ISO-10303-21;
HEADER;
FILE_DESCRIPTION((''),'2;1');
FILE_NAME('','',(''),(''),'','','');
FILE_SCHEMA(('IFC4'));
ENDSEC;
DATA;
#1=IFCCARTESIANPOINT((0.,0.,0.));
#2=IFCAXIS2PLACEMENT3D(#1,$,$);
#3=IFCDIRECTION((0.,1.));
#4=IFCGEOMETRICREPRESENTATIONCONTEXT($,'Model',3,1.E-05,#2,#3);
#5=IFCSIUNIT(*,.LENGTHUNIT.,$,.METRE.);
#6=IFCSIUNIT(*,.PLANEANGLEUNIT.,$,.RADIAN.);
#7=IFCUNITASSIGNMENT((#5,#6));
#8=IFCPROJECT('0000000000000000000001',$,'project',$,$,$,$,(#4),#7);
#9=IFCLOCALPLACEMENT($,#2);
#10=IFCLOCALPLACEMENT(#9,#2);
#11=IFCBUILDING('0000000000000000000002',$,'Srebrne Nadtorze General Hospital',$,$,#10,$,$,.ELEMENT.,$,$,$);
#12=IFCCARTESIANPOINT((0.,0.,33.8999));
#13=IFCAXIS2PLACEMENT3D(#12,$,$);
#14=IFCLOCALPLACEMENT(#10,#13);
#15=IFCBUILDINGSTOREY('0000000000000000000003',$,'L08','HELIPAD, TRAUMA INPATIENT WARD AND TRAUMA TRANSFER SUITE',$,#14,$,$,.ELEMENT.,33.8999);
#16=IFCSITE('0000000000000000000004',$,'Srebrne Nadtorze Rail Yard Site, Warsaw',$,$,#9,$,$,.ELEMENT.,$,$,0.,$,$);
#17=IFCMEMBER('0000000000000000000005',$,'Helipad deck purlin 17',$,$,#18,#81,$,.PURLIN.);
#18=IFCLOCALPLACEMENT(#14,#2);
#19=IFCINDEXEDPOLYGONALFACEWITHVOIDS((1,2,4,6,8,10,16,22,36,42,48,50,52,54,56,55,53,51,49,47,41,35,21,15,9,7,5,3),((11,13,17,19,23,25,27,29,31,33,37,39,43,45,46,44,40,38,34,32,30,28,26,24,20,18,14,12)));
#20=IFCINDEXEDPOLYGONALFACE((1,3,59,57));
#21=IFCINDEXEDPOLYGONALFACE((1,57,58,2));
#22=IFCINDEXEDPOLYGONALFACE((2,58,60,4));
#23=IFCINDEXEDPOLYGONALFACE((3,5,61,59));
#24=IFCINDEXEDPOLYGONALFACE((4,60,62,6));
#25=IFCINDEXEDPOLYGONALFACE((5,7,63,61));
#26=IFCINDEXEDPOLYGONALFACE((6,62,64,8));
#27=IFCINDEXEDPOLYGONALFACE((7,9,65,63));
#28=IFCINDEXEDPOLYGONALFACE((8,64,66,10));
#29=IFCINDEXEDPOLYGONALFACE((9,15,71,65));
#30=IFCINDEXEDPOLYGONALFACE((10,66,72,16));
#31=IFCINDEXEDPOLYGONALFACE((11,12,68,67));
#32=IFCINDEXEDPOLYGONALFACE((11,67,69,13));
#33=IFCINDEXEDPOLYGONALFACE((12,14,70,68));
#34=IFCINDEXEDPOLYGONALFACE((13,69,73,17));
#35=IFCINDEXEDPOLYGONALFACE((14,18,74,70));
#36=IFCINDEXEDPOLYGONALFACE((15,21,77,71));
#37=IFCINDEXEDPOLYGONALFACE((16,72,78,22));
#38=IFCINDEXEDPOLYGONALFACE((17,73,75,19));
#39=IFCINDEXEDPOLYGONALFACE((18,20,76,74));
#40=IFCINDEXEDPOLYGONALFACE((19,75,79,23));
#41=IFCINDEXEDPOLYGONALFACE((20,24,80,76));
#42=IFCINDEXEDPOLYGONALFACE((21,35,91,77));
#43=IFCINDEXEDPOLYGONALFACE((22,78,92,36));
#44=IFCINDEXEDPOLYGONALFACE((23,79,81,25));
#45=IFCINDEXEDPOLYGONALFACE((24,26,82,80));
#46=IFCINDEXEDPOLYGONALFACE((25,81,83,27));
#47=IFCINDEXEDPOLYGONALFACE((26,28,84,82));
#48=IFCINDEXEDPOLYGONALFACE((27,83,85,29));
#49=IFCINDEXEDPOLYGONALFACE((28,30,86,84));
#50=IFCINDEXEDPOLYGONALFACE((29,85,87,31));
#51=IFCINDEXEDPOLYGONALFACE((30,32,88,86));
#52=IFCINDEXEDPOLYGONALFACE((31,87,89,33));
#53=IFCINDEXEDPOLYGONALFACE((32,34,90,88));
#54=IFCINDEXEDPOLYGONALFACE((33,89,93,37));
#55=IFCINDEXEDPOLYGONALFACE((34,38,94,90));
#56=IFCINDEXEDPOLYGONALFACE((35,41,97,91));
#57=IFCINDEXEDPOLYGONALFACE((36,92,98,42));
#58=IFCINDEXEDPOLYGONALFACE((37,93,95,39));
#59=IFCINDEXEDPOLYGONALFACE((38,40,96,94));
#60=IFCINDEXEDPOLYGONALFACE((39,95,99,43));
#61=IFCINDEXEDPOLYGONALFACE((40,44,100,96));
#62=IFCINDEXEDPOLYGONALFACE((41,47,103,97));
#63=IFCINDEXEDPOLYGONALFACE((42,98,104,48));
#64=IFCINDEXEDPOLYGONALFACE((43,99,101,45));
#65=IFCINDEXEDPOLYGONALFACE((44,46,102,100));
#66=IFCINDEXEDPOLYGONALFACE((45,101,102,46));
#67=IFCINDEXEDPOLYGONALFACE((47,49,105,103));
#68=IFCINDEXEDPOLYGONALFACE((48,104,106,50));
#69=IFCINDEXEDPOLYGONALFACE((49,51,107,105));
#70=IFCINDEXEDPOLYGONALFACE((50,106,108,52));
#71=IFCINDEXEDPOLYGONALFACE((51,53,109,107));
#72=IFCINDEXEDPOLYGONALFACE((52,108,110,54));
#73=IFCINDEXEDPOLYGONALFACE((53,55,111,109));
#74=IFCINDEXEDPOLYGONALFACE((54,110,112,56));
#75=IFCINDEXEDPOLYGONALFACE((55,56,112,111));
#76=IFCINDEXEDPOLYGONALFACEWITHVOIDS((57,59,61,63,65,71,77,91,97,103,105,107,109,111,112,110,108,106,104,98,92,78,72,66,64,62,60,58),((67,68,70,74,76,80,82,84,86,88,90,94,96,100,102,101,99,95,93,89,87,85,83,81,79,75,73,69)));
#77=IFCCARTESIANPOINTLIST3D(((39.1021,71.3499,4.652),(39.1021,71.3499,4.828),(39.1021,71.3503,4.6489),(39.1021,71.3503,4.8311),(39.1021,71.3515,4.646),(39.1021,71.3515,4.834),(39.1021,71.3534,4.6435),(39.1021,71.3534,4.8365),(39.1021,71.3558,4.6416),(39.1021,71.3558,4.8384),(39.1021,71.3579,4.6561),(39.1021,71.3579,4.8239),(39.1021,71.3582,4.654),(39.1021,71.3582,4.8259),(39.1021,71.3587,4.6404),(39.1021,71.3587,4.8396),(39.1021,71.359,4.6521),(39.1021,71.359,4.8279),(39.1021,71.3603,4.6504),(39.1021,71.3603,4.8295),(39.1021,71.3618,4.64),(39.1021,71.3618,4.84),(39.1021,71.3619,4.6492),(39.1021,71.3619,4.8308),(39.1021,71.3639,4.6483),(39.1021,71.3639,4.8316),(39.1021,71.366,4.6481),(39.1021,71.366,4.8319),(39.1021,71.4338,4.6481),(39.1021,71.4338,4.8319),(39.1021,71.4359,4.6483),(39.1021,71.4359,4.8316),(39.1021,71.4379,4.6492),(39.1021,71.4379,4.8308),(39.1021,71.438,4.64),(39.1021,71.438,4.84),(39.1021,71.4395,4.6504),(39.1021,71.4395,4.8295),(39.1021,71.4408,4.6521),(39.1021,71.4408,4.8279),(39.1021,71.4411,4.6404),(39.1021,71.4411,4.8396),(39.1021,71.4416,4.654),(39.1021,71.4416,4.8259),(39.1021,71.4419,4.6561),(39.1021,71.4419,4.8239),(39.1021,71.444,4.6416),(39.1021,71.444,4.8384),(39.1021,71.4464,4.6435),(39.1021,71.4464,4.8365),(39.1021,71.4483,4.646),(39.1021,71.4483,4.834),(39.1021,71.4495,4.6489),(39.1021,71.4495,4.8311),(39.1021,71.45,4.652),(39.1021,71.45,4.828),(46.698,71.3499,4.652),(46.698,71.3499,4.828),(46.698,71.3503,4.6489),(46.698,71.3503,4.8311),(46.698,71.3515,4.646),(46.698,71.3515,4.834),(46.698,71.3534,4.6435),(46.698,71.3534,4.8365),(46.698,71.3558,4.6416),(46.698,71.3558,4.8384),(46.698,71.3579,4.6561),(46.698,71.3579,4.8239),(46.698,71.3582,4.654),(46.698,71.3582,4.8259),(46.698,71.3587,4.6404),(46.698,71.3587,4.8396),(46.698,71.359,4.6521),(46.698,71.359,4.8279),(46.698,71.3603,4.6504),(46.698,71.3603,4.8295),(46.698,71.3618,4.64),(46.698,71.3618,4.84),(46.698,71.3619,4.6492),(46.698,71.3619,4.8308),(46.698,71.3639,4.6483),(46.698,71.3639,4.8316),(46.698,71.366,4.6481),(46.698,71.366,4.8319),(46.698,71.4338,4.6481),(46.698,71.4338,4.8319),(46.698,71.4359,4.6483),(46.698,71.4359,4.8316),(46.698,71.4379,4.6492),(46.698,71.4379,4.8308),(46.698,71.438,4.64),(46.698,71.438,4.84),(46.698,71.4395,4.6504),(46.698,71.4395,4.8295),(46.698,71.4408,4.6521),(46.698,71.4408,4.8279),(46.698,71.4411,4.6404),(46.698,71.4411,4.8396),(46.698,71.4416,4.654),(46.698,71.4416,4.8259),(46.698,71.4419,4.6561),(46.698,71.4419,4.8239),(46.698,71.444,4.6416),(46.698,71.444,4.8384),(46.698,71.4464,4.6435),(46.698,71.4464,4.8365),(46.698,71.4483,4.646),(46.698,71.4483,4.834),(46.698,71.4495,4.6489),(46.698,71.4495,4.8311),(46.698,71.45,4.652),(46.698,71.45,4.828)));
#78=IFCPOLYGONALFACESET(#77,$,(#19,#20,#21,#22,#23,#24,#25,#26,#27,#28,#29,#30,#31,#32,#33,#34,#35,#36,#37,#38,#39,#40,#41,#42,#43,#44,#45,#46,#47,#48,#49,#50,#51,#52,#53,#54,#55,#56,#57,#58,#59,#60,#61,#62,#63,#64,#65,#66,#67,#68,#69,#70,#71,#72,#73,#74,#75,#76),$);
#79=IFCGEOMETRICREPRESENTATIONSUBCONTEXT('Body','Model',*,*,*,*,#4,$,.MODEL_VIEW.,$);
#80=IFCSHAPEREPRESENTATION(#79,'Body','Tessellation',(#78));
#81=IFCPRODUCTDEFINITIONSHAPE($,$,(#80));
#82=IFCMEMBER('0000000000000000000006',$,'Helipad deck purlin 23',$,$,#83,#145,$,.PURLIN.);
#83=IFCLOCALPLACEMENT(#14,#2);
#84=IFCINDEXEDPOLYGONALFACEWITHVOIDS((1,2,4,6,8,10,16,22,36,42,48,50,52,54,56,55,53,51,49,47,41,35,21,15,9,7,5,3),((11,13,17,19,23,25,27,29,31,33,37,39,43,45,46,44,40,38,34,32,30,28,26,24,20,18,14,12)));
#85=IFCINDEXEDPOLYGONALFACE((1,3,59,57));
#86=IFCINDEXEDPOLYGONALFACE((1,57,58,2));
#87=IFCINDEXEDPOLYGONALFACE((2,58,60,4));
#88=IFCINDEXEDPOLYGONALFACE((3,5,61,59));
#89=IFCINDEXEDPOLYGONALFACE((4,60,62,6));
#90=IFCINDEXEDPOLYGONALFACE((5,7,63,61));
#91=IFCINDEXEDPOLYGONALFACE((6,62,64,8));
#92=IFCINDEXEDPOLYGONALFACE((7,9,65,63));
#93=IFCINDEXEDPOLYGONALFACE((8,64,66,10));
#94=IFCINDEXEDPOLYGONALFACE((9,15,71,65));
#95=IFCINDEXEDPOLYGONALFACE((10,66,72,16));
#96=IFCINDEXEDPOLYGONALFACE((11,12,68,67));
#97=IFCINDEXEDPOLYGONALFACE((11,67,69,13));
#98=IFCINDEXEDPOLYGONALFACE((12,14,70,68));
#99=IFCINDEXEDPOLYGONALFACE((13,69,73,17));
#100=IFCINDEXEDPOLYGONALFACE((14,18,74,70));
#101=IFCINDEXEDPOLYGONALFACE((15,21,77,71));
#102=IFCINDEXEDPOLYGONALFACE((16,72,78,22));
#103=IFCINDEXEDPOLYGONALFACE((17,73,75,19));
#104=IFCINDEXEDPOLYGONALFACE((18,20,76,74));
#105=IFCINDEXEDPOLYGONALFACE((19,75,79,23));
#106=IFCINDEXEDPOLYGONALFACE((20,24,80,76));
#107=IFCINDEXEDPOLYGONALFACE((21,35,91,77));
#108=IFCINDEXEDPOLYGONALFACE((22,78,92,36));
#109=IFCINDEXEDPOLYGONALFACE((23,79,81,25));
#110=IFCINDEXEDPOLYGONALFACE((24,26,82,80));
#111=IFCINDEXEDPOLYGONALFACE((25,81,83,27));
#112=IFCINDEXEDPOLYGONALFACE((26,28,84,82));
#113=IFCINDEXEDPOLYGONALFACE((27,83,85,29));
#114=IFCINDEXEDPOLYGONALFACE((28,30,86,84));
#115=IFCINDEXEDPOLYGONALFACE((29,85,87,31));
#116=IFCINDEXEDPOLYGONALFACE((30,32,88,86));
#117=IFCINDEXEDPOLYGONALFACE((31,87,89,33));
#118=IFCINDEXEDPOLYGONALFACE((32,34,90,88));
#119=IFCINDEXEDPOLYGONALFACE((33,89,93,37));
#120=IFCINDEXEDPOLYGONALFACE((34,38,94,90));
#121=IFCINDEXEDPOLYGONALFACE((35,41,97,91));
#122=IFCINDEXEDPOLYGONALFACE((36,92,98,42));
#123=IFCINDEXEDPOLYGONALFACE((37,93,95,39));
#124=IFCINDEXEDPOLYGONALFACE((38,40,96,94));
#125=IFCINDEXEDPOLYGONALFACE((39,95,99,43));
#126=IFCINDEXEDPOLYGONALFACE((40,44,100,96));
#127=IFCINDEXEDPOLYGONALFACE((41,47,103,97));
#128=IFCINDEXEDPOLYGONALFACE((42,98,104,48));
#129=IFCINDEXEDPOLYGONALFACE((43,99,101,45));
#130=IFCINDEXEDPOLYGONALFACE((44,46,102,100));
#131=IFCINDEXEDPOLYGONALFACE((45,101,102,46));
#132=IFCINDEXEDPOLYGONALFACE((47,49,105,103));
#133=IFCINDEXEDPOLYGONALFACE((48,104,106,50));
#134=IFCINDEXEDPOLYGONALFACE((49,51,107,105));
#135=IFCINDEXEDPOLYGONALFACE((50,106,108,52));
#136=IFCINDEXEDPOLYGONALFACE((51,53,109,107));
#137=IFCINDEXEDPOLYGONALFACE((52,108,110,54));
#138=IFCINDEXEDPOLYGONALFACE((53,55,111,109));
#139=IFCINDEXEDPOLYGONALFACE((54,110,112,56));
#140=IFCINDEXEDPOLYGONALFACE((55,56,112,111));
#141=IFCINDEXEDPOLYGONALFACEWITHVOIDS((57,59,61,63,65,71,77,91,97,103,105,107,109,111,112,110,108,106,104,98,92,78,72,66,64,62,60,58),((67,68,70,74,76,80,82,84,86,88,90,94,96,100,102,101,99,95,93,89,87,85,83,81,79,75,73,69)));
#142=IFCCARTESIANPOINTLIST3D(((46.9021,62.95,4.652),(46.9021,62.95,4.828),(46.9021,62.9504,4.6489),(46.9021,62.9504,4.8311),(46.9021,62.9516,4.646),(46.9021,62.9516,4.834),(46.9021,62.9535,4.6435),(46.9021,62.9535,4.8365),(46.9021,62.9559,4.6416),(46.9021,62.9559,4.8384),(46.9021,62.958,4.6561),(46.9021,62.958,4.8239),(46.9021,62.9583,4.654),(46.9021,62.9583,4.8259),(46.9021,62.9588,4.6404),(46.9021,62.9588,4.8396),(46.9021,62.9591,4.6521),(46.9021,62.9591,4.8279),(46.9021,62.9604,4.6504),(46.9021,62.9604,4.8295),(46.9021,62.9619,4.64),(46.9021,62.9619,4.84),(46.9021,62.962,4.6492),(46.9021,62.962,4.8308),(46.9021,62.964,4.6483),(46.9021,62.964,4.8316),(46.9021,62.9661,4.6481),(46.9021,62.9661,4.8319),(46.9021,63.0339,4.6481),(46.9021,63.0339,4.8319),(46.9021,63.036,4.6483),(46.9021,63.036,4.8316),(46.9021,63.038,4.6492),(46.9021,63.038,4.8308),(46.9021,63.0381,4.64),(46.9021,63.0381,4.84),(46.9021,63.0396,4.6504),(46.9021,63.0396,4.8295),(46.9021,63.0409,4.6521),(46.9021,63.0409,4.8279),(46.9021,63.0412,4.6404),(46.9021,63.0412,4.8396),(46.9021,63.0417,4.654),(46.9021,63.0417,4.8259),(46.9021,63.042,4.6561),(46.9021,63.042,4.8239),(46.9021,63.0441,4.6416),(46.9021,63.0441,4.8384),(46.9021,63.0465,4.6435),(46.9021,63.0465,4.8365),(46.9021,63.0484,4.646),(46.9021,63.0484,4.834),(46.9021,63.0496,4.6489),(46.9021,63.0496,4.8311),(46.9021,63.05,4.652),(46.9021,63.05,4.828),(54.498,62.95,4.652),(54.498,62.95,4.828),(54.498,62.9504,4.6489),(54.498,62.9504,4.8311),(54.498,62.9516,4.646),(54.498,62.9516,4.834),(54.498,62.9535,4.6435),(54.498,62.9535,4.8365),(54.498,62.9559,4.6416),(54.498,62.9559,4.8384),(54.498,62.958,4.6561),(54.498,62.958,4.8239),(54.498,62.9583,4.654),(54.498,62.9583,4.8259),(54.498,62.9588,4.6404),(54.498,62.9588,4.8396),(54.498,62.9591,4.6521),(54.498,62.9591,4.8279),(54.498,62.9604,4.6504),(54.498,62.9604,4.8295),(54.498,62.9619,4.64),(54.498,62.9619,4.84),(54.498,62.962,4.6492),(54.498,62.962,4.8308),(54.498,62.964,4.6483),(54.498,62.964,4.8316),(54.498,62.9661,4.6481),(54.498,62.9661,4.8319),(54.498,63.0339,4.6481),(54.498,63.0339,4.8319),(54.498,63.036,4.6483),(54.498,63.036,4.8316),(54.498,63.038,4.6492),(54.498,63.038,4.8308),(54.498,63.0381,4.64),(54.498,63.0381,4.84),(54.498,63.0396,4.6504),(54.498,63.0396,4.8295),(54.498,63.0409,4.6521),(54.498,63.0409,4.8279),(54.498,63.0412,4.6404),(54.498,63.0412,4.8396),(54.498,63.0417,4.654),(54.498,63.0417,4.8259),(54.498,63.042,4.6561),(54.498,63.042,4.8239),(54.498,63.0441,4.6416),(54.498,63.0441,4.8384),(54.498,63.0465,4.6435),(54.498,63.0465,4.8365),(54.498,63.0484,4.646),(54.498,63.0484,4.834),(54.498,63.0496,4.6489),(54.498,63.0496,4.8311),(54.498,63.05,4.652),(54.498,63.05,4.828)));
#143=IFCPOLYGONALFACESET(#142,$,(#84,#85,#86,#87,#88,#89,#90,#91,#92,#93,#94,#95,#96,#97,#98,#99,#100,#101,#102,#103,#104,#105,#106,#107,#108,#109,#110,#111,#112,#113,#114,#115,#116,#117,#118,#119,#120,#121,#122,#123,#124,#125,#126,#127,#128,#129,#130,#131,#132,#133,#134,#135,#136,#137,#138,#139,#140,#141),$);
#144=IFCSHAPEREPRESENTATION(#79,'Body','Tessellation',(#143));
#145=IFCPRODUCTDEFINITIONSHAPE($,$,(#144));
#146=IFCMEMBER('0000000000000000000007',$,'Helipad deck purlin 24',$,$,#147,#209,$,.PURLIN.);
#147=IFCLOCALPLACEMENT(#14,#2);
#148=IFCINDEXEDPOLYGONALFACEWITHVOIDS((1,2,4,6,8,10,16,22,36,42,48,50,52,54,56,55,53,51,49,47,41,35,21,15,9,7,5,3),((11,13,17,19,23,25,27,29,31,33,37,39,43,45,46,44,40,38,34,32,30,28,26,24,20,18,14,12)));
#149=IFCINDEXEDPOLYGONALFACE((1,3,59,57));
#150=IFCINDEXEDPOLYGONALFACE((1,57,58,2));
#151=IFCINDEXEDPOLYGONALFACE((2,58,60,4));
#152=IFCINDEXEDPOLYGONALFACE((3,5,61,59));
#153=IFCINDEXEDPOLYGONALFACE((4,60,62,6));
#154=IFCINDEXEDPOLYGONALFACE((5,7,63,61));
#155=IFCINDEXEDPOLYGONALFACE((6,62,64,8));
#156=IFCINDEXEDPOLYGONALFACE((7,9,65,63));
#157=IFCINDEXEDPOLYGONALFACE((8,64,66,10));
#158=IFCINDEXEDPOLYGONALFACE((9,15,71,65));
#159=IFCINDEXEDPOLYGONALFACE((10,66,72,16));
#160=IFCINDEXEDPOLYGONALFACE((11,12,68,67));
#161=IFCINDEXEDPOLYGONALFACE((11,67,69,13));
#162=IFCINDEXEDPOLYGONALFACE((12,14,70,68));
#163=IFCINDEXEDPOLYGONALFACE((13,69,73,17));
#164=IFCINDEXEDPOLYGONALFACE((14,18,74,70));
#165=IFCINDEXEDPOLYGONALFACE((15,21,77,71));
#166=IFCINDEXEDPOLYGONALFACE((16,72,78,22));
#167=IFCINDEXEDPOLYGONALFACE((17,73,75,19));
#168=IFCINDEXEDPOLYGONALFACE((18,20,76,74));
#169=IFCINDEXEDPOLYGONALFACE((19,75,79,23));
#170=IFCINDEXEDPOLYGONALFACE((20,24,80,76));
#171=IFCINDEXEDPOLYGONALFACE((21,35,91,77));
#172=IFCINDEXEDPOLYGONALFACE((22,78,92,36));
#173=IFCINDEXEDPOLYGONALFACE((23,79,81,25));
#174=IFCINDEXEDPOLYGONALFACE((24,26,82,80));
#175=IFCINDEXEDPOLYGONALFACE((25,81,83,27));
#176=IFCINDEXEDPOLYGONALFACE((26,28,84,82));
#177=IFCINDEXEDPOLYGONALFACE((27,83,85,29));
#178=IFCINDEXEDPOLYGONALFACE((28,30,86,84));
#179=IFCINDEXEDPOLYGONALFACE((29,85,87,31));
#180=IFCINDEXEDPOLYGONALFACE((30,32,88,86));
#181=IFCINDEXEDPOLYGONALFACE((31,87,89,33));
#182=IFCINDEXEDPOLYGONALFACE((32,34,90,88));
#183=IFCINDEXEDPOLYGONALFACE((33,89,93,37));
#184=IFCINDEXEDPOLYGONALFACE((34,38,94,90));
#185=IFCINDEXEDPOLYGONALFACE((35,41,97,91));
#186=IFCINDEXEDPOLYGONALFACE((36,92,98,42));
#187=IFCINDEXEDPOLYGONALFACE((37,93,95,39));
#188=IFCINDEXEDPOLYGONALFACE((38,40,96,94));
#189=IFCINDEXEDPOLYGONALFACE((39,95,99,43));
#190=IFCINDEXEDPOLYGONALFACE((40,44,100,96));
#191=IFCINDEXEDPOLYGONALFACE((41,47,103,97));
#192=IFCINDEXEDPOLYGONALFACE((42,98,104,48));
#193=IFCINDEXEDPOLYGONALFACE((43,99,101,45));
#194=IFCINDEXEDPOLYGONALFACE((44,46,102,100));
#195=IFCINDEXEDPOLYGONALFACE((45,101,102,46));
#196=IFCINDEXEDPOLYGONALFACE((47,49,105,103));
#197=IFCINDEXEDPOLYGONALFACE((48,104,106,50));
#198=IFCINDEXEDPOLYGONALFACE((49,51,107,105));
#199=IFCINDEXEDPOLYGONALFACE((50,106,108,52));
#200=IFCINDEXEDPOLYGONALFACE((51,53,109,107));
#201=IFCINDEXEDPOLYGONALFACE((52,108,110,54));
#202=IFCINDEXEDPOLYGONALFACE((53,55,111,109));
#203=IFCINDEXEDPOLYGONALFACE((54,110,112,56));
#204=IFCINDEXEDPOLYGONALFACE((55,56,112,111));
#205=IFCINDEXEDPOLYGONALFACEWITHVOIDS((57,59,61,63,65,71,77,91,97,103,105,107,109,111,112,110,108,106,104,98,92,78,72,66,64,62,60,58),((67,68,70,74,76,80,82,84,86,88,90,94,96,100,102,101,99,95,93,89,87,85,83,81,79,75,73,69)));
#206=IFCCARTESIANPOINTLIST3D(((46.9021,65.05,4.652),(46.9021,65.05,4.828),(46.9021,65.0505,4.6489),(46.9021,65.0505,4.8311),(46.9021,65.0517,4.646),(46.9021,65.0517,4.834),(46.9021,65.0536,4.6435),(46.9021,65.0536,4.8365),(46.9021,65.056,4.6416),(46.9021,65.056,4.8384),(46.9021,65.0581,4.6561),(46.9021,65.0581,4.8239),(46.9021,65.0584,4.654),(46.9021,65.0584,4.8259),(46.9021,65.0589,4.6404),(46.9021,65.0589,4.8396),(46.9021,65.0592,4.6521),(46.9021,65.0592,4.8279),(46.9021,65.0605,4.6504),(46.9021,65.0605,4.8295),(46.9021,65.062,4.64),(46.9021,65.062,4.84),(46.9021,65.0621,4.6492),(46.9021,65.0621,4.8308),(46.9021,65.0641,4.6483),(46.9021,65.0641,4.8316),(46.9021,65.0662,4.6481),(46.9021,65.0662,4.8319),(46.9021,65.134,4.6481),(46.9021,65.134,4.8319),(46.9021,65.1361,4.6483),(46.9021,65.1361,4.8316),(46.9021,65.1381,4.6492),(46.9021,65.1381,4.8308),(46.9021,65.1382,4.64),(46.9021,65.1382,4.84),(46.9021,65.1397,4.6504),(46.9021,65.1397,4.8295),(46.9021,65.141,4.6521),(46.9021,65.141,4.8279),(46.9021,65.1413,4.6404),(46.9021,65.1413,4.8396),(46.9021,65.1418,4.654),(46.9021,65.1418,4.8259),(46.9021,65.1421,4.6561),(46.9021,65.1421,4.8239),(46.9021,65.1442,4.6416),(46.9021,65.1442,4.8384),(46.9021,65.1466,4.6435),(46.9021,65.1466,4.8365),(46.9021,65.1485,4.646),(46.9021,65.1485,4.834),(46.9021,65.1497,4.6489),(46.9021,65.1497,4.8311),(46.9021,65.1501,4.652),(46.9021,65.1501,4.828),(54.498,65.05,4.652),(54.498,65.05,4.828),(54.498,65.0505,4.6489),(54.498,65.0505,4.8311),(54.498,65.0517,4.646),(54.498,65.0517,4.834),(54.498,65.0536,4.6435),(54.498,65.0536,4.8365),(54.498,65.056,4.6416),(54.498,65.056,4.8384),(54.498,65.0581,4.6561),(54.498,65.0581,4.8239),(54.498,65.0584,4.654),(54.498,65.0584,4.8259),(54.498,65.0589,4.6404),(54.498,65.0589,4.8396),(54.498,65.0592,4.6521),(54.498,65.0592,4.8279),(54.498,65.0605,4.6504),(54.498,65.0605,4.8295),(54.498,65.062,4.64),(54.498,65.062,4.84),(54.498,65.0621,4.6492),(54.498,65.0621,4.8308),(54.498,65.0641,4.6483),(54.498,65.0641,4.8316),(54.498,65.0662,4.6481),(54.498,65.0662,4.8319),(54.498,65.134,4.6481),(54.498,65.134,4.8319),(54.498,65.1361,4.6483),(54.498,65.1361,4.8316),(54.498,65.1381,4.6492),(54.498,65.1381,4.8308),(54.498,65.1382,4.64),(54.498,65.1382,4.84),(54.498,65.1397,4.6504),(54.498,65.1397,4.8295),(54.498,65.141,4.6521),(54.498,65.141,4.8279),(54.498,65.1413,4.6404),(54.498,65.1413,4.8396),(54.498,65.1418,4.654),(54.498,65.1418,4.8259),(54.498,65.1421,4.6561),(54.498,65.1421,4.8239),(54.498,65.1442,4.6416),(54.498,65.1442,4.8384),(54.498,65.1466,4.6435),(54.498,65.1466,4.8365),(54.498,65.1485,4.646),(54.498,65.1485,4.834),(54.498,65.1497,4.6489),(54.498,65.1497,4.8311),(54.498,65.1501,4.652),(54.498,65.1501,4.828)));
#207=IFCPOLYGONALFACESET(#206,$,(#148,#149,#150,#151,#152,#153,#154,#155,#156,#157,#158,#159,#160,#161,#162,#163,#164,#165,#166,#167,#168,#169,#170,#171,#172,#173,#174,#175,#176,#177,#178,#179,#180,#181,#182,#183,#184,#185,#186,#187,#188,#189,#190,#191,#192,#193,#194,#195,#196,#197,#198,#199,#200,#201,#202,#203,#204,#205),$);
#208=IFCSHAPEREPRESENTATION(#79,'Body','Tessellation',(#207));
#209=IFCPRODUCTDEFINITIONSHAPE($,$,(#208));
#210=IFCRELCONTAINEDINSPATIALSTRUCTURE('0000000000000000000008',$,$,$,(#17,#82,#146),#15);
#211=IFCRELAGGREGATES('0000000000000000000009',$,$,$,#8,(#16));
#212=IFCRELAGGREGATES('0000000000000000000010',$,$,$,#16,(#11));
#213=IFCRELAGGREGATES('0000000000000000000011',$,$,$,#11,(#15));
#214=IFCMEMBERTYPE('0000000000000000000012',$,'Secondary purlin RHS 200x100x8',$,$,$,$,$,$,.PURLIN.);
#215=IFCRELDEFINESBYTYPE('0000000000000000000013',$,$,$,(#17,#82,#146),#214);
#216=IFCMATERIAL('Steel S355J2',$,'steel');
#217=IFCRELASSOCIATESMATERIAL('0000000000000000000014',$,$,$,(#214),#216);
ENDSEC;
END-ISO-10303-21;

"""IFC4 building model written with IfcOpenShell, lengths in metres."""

from ifc_helpers import new_model, si_unit, direction, frame, origin, origin_2d, place, context, subcontext, project, spatial, hollow_rectangle, extrude, material, material_profile, profile_set, type_object, element, save


model = new_model("IFC4")

# Units and contexts
model_context = context("Model", 3, precision=1e-05, world=origin(), true_north=direction((0.0, 1.0)))
body_context = subcontext(model_context, "Body", "Model", "MODEL_VIEW")
ifc_project = project(units=[si_unit("LENGTHUNIT", "METRE"), si_unit("PLANEANGLEUNIT", "RADIAN")], contexts=[model_context])

# Site, building, storey
site_placement = place(None, origin())
site = spatial("IfcSite", under=ifc_project, at=site_placement, Name="Srebrne Nadtorze Rail Yard Site, Warsaw", CompositionType="ELEMENT", RefElevation=0.0)
building_placement = place(site_placement, origin())
building = spatial("IfcBuilding", under=site, at=building_placement, Name="Srebrne Nadtorze General Hospital", CompositionType="ELEMENT")
storey_placement = place(building_placement, frame((0.0, 0.0, 33.8999)))
storey = spatial("IfcBuildingStorey", under=building, at=storey_placement, Name="L08", Description="HELIPAD, TRAUMA INPATIENT WARD AND TRAUMA TRANSFER SUITE", CompositionType="ELEMENT", Elevation=33.8999)

# Members
ifc_material_1 = material(Name="Steel S355J2", Category="steel")
ifc_material_profile_1 = material_profile(ifc_material_1, hollow_rectangle(XDim=0.1001, YDim=0.2, WallThickness=0.0081, InnerFilletRadius=0.0081, OuterFilletRadius=0.012, at=origin_2d()), Name="RHS-200x100x8")
ifc_profile_set_1 = profile_set([ifc_material_profile_1], Name="Steel S355J2")
member_type_1 = type_object("IfcMemberType", Name="Secondary purlin RHS 200x100x8", PredefinedType="PURLIN", material=ifc_profile_set_1)
for number, where, z_axis, x_axis, name in (
    (1, (39.1021, 71.3999, 4.74), (1.0, 0.0, 0.0), (0.0, 1.0, 0.0), "Helipad deck purlin 17"),
    (2, (46.9021, 63.0, 4.74), (1.0, 0.0, 0.0), (0.0, 1.0, 0.0), "Helipad deck purlin 23"),
    (3, (46.9021, 65.1001, 4.74), (1.0, 0.0, 0.0), (0.0, 1.0, 0.0), "Helipad deck purlin 24"),
):
    element("IfcMember", number, at=place(storey_placement, frame(where, z_axis=z_axis, x_axis=x_axis)), inside=storey, type_object=member_type_1, Name=name, PredefinedType="PURLIN", context=body_context, shape_type="SweptSolid", body=[
        extrude(hollow_rectangle(XDim=0.1001, YDim=0.2, WallThickness=0.0081, InnerFilletRadius=0.0081, OuterFilletRadius=0.012, at=origin_2d()), origin(), (0.0, 0.0, 1.0), 7.5959),
    ])

save(model, "model.ifc")
